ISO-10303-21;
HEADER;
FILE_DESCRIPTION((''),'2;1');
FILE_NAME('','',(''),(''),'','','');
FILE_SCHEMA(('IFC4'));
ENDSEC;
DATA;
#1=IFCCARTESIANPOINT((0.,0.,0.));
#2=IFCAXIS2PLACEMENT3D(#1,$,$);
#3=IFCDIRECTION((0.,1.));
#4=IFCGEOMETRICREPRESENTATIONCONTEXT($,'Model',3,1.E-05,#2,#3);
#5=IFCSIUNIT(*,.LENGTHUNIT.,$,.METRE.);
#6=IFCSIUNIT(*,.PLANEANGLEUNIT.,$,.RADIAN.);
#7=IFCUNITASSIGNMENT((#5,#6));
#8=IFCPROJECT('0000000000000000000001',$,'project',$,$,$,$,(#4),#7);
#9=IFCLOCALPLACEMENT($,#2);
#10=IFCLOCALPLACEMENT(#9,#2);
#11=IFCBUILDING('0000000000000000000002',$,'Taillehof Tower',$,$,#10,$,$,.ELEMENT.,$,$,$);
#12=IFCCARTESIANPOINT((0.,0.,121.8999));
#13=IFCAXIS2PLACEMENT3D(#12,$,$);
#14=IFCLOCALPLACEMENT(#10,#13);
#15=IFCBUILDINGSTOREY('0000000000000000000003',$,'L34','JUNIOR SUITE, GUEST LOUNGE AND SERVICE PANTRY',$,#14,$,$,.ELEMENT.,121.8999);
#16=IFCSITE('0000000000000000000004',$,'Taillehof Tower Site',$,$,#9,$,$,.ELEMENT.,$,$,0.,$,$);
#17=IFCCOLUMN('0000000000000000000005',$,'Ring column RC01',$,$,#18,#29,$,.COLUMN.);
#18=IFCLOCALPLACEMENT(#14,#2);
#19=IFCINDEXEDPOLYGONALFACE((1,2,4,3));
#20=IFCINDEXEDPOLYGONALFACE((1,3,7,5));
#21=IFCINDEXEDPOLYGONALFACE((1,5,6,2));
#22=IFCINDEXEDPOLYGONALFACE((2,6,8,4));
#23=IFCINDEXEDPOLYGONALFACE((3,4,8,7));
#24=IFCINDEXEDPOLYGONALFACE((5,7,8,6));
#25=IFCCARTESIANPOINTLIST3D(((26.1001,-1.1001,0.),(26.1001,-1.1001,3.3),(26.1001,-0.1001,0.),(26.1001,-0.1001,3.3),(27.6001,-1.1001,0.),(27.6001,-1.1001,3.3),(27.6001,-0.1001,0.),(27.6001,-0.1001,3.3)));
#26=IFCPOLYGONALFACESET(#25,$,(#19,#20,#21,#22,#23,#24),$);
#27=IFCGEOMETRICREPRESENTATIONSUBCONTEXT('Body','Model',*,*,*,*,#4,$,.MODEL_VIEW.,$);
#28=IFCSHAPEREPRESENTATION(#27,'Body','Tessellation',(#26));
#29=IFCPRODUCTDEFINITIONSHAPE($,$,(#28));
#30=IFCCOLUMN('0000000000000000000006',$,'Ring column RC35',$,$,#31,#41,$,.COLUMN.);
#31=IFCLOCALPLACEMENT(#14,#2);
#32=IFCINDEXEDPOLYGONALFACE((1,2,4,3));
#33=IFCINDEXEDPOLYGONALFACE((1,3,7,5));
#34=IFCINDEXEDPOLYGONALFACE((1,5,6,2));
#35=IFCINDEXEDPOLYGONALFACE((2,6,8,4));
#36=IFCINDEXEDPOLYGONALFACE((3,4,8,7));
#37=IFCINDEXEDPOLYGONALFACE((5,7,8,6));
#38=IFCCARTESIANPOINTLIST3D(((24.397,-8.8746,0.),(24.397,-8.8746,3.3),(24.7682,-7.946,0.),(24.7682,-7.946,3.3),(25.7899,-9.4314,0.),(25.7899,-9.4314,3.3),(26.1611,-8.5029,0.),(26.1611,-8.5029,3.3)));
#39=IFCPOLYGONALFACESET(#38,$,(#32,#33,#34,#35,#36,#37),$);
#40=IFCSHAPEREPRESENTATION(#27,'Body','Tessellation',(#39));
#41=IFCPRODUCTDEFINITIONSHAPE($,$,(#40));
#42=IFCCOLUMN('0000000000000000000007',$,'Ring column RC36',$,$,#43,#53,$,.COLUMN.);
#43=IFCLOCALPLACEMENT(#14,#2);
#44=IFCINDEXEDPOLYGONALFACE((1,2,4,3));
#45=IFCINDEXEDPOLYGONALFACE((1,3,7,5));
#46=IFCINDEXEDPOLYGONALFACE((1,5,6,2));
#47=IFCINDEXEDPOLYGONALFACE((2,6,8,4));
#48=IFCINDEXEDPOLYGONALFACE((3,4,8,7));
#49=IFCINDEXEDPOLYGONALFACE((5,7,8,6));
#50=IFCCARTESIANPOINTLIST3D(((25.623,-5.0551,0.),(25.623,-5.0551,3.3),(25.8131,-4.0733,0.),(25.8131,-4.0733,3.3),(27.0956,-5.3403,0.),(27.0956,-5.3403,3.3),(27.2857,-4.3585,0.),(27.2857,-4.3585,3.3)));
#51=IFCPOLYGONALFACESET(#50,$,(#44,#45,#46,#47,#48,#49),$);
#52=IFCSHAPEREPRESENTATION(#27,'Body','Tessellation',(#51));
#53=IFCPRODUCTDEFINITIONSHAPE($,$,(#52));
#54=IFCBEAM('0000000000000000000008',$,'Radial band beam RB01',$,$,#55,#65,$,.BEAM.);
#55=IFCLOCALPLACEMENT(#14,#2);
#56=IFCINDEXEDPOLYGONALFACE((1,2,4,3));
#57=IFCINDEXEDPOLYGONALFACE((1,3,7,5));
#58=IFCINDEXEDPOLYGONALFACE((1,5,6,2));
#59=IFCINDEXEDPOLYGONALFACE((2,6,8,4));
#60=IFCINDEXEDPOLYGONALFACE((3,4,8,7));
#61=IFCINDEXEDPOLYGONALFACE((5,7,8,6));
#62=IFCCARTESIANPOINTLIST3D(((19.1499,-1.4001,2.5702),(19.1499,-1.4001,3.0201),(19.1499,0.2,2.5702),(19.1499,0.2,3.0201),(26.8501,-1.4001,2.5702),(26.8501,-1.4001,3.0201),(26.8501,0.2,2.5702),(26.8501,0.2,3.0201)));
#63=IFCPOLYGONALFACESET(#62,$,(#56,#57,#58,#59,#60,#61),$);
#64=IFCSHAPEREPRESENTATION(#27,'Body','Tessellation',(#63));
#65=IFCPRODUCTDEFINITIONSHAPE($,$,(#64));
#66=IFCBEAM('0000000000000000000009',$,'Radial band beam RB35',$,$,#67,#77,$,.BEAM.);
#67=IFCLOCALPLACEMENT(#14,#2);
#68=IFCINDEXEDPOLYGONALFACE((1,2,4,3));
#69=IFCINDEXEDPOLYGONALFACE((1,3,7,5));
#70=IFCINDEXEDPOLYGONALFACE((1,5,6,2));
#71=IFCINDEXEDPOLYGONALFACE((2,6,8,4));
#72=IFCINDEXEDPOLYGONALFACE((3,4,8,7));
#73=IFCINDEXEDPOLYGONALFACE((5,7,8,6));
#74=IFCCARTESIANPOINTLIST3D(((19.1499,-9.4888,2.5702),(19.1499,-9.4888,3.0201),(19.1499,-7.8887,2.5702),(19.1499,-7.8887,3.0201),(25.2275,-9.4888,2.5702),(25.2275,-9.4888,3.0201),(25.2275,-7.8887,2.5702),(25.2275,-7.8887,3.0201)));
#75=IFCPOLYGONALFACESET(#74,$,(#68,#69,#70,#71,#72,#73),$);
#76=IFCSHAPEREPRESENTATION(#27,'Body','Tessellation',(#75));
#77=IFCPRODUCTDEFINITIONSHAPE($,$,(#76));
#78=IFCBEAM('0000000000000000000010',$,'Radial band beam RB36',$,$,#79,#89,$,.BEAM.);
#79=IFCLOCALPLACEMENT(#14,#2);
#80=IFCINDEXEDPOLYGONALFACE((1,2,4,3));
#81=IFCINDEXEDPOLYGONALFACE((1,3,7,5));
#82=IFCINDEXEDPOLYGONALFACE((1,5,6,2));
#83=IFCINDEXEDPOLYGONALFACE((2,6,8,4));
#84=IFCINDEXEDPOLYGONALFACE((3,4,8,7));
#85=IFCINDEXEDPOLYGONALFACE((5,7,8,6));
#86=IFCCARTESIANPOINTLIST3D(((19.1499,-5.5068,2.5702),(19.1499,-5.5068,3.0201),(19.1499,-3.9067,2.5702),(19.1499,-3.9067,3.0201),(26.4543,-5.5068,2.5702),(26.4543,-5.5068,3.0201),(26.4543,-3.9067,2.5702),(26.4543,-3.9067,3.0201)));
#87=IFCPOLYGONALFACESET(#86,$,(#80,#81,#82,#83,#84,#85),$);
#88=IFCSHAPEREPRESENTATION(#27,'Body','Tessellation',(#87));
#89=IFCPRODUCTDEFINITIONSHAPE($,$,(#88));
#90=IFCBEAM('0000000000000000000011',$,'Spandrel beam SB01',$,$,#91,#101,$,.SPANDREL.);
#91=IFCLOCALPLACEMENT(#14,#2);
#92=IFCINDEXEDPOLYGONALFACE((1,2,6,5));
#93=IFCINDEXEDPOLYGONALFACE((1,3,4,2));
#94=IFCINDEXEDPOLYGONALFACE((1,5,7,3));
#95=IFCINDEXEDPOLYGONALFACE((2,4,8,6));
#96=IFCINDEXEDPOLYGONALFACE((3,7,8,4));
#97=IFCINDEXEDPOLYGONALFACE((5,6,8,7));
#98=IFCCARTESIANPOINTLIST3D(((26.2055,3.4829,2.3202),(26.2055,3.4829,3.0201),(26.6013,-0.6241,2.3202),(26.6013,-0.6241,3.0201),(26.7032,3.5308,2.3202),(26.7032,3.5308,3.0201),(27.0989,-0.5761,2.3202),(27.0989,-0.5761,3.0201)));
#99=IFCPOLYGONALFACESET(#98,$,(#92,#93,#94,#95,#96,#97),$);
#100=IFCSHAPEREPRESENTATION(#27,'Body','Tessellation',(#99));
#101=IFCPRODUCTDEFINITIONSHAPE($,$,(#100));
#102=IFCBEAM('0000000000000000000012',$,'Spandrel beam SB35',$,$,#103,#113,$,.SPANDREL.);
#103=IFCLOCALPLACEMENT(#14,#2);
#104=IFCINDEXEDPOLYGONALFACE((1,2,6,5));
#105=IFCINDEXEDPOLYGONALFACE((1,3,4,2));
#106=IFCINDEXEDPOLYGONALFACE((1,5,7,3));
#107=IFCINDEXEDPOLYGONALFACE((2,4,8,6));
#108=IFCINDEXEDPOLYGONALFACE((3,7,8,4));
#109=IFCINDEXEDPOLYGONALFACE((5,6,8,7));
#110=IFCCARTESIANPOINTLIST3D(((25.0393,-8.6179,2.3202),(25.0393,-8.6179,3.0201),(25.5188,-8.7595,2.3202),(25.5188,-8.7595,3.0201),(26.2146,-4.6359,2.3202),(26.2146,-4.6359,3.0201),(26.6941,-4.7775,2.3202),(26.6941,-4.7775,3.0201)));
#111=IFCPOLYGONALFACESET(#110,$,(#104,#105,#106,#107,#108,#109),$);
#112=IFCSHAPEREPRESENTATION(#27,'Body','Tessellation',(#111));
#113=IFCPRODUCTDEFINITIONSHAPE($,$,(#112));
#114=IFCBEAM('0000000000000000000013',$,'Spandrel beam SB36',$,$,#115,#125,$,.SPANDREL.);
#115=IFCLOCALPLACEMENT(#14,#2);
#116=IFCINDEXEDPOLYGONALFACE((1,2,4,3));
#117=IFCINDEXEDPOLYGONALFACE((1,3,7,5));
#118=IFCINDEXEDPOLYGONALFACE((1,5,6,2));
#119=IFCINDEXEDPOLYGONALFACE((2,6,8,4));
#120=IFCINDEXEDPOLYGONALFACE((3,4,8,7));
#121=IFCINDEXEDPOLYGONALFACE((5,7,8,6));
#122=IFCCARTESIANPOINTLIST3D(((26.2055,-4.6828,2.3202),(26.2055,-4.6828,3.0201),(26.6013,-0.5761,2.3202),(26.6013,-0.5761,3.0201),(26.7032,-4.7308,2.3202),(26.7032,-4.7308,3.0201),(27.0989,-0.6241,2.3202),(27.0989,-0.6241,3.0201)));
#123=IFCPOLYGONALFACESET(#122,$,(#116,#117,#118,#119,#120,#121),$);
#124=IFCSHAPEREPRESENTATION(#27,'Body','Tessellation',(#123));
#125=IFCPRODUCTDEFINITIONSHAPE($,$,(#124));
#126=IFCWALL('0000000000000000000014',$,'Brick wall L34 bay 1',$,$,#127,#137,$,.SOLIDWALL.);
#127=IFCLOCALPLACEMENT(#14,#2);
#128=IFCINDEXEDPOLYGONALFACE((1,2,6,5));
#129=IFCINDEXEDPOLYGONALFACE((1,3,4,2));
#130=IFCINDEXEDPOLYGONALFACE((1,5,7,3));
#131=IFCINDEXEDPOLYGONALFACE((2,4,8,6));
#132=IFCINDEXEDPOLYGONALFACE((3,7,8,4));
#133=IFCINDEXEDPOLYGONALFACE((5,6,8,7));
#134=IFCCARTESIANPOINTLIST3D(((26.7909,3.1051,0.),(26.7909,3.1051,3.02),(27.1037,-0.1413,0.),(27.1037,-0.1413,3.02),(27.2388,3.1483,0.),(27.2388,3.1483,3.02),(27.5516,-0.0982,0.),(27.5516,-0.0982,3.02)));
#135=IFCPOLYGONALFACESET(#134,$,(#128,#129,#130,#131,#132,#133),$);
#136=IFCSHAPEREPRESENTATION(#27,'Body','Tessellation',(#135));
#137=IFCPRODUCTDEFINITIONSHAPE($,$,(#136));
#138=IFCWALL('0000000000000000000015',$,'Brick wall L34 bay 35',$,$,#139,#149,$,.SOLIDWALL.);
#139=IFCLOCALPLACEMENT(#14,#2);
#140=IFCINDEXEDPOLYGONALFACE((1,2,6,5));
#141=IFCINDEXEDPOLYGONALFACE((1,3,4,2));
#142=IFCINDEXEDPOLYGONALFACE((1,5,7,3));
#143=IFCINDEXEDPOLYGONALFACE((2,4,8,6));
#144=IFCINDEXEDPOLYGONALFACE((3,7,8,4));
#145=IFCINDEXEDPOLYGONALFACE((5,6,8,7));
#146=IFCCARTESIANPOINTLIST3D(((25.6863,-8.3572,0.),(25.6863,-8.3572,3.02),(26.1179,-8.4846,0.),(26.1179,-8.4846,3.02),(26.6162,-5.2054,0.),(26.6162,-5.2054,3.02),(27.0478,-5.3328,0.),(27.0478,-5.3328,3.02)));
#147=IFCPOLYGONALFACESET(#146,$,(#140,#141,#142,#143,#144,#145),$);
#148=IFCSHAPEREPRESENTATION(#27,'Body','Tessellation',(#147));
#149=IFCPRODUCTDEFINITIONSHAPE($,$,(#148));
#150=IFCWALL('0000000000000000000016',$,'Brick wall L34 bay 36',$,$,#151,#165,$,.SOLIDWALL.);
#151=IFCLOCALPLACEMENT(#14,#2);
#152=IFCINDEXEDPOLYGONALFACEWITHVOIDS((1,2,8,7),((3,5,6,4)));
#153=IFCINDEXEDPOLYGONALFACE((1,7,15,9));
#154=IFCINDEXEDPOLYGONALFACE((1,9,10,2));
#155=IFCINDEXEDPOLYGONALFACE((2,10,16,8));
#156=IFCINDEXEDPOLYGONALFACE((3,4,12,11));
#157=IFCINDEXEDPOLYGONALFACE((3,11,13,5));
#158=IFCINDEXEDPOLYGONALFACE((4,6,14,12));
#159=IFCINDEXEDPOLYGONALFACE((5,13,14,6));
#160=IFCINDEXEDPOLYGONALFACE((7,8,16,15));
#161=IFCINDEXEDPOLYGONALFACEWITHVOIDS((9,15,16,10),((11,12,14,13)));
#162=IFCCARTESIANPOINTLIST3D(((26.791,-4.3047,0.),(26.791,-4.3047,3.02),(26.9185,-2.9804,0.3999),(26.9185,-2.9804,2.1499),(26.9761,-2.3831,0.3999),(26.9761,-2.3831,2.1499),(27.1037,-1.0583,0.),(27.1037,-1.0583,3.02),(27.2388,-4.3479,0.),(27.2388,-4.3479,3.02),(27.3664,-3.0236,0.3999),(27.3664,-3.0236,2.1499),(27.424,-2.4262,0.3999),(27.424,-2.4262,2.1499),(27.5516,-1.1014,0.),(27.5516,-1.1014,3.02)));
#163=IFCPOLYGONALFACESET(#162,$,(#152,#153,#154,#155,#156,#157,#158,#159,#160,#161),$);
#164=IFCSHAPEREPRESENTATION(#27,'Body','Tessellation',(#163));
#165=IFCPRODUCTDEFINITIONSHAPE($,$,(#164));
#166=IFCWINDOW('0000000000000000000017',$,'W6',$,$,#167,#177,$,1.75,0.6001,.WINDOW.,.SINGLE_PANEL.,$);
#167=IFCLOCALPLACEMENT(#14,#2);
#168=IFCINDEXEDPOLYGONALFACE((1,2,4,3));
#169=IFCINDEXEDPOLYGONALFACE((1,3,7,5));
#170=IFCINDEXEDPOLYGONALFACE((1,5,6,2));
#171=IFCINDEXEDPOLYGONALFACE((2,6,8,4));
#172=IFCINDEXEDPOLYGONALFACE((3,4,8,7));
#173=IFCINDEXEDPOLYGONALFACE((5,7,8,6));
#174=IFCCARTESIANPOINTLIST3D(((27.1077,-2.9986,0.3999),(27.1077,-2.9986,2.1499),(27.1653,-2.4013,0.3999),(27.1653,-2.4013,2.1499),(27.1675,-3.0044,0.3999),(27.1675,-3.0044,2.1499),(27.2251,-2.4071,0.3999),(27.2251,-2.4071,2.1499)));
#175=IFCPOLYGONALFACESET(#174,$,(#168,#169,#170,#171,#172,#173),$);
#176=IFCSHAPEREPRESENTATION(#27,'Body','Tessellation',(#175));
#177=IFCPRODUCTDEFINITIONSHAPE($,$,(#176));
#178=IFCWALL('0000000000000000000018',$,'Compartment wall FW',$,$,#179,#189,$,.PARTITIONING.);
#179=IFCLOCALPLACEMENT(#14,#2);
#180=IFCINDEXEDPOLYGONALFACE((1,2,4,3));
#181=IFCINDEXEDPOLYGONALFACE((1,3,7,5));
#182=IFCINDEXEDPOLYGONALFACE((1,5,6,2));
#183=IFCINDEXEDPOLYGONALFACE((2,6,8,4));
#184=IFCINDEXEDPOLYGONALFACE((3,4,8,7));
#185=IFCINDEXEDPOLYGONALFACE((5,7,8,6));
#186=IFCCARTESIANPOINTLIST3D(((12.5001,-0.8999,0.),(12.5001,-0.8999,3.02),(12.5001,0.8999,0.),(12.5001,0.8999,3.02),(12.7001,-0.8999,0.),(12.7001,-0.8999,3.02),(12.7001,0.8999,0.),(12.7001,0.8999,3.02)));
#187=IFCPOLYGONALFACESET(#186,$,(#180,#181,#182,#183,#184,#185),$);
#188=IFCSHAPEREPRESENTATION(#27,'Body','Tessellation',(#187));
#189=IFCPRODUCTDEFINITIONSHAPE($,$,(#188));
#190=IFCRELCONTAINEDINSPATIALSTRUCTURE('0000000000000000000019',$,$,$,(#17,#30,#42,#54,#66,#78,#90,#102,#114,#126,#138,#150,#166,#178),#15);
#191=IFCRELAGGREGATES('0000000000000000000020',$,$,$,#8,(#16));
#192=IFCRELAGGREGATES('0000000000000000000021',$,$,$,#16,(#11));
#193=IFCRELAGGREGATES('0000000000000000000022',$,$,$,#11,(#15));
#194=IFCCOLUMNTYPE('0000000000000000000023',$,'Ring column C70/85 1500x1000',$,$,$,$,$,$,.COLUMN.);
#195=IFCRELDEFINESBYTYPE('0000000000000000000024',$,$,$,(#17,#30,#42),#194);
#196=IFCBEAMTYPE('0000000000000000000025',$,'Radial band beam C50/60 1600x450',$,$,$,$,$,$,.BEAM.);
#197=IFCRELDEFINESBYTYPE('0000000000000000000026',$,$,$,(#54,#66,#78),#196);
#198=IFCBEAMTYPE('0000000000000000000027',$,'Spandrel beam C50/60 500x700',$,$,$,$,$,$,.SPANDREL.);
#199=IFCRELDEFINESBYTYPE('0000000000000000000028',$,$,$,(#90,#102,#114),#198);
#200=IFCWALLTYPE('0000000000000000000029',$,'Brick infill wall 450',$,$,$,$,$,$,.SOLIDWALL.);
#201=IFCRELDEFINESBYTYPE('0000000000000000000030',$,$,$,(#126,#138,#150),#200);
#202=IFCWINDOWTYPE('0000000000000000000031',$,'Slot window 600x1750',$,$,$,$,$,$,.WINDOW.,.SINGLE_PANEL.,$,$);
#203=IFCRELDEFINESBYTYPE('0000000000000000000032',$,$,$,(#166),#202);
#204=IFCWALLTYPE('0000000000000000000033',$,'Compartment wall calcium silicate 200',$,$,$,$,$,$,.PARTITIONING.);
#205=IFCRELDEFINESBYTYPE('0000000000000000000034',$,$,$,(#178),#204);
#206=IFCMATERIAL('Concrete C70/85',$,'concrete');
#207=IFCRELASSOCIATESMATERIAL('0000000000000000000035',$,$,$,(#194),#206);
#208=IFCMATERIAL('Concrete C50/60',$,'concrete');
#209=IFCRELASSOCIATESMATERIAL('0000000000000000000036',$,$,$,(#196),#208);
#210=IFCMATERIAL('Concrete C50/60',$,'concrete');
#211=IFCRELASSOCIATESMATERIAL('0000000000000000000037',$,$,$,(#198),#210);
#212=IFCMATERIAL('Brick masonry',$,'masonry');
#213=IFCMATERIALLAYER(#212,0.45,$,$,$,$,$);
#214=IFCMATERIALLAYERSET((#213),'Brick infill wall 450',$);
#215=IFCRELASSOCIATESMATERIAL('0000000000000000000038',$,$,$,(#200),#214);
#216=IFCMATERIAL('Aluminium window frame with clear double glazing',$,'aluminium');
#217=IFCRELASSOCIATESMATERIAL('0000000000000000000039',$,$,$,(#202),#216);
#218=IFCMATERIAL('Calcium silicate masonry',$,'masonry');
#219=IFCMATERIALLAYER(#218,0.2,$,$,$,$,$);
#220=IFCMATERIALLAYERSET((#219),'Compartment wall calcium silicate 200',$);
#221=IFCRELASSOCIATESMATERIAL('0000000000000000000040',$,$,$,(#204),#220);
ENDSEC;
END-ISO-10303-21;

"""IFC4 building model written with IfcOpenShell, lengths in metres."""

from ifc_helpers import new_model, si_unit, direction, frame, frame_2d, origin, origin_2d, place, context, subcontext, project, spatial, rectangle, extrude, material, layer, layer_set, material_profile, profile_set, type_object, element, fill, save


model = new_model("IFC4")

# Units and contexts
model_context = context("Model", 3, precision=1e-05, world=origin(), true_north=direction((0.0, 1.0)))
body_context = subcontext(model_context, "Body", "Model", "MODEL_VIEW")
ifc_project = project(units=[si_unit("LENGTHUNIT", "METRE"), si_unit("PLANEANGLEUNIT", "RADIAN")], contexts=[model_context])

# Site, building, storey
site_placement = place(None, origin())
site = spatial("IfcSite", under=ifc_project, at=site_placement, Name="Taillehof Tower Site", CompositionType="ELEMENT", RefElevation=0.0)
building_placement = place(site_placement, origin())
building = spatial("IfcBuilding", under=site, at=building_placement, Name="Taillehof Tower", CompositionType="ELEMENT")
storey_placement = place(building_placement, frame((0.0, 0.0, 121.8999)))
storey = spatial("IfcBuildingStorey", under=building, at=storey_placement, Name="L34", Description="JUNIOR SUITE, GUEST LOUNGE AND SERVICE PANTRY", CompositionType="ELEMENT", Elevation=121.8999)

# Columns
ifc_material_1 = material(Name="Concrete C70/85", Category="concrete")
ifc_material_profile_1 = material_profile(ifc_material_1, rectangle(XDim=1.5, YDim=1.0, at=origin_2d()), Name="RC 1500x1000")
ifc_profile_set_1 = profile_set([ifc_material_profile_1], Name="Concrete C70/85")
column_type = type_object("IfcColumnType", Name="Ring column C70/85 1500x1000", PredefinedType="COLUMN", material=ifc_profile_set_1)
for number, where, z_axis, x_axis, name in (
    (1, (26.8501, -0.6001, 0.0), (0.0, 0.0, 1.0), (1.0, 0.0, 0.0), "Ring column RC01"),
    (2, (25.2791, -8.6887, 0.0), (0.0, 0.0, 1.0), (0.92855, -0.371207, 0.0), "Ring column RC35"),
    (3, (26.4543, -4.7068, 0.0), (0.0, 0.0, 1.0), (0.981757, -0.190138, 0.0), "Ring column RC36"),
):
    element("IfcColumn", number, at=place(storey_placement, frame(where, z_axis=z_axis, x_axis=x_axis)), inside=storey, type_object=column_type, Name=name, PredefinedType="COLUMN", context=body_context, shape_type="SweptSolid", body=[
        extrude(rectangle(XDim=1.5, YDim=1.0, at=origin_2d()), origin(), (0.0, 0.0, 1.0), 3.3),
    ])

# Beams
ifc_material_2 = material(Name="Concrete C50/60", Category="concrete")
ifc_material_profile_2 = material_profile(ifc_material_2, rectangle(XDim=1.6001, YDim=0.45, at=origin_2d()), Name="RC 1600x450")
ifc_profile_set_2 = profile_set([ifc_material_profile_2], Name="Concrete C50/60")
beam_type_1 = type_object("IfcBeamType", Name="Radial band beam C50/60 1600x450", PredefinedType="BEAM", material=ifc_profile_set_2)
beam_1_placement = place(storey_placement, frame((26.8501, -0.6001, 2.7952), z_axis=(-1.0, 0.0, 0.0), x_axis=(0.0, -1.0, 0.0)))
element("IfcBeam", 4, at=beam_1_placement, inside=storey, type_object=beam_type_1, Name="Radial band beam RB01", PredefinedType="BEAM", context=body_context, shape_type="SweptSolid", body=[
    extrude(rectangle(XDim=1.6001, YDim=0.45, at=origin_2d()), origin(), (0.0, 0.0, 1.0), 7.7002),
])
beam_2_placement = place(storey_placement, frame((25.2275, -8.6887, 2.7952), z_axis=(-1.0, 0.0, 0.0), x_axis=(0.0, -1.0, 0.0)))
element("IfcBeam", 5, at=beam_2_placement, inside=storey, type_object=beam_type_1, Name="Radial band beam RB35", PredefinedType="BEAM", context=body_context, shape_type="SweptSolid", body=[
    extrude(rectangle(XDim=1.6001, YDim=0.45, at=origin_2d()), origin(), (0.0, 0.0, 1.0), 6.0776),
])
beam_3_placement = place(storey_placement, frame((26.4543, -4.7068, 2.7952), z_axis=(-1.0, 0.0, 0.0), x_axis=(0.0, -1.0, 0.0)))
element("IfcBeam", 6, at=beam_3_placement, inside=storey, type_object=beam_type_1, Name="Radial band beam RB36", PredefinedType="BEAM", context=body_context, shape_type="SweptSolid", body=[
    extrude(rectangle(XDim=1.6001, YDim=0.45, at=origin_2d()), origin(), (0.0, 0.0, 1.0), 7.3044),
])
ifc_material_3 = material(Name="Concrete C50/60", Category="concrete")
ifc_material_profile_3 = material_profile(ifc_material_3, rectangle(XDim=0.5, YDim=0.7, at=origin_2d()), Name="RC 500x700")
ifc_profile_set_3 = profile_set([ifc_material_profile_3], Name="Concrete C50/60")
beam_type_2 = type_object("IfcBeamType", Name="Spandrel beam C50/60 500x700", PredefinedType="SPANDREL", material=ifc_profile_set_3)
beam_4_placement = place(storey_placement, frame((26.8501, -0.6001, 2.6702), z_axis=(-0.095918, 0.995389, 0.0), x_axis=(-0.995389, -0.095918, 0.0)))
element("IfcBeam", 7, at=beam_4_placement, inside=storey, type_object=beam_type_2, Name="Spandrel beam SB01", PredefinedType="SPANDREL", context=body_context, shape_type="SweptSolid", body=[
    extrude(rectangle(XDim=0.5, YDim=0.7, at=origin_2d()), origin(), (0.0, 0.0, 1.0), 4.126),
])
beam_5_placement = place(storey_placement, frame((25.2791, -8.6887, 2.6702), z_axis=(0.283083, 0.959095, 0.0), x_axis=(-0.959095, 0.283083, 0.0)))
element("IfcBeam", 8, at=beam_5_placement, inside=storey, type_object=beam_type_2, Name="Spandrel beam SB35", PredefinedType="SPANDREL", context=body_context, shape_type="SweptSolid", body=[
    extrude(rectangle(XDim=0.5, YDim=0.7, at=origin_2d()), origin(), (0.0, 0.0, 1.0), 4.1519),
])
beam_6_placement = place(storey_placement, frame((26.4543, -4.7068, 2.6702), z_axis=(0.095923, 0.995389, 0.0), x_axis=(-0.995389, 0.095923, 0.0)))
element("IfcBeam", 9, at=beam_6_placement, inside=storey, type_object=beam_type_2, Name="Spandrel beam SB36", PredefinedType="SPANDREL", context=body_context, shape_type="SweptSolid", body=[
    extrude(rectangle(XDim=0.5, YDim=0.7, at=origin_2d()), origin(), (0.0, 0.0, 1.0), 4.1257),
])

# Walls
ifc_material_4 = material(Name="Brick masonry", Category="masonry")
ifc_layer_1 = layer(ifc_material_4, 0.45)
ifc_layer_set_1 = layer_set([ifc_layer_1], Name="Brick infill wall 450")
wall_type_1 = type_object("IfcWallType", Name="Brick infill wall 450", PredefinedType="SOLIDWALL", material=ifc_layer_set_1)
wall_1_placement = place(storey_placement, frame((27.3276, -0.1199, 0.0), z_axis=(0.0, 0.0, 1.0), x_axis=(-0.095894, 0.995392, 0.0)))
element("IfcWall", 10, at=wall_1_placement, inside=storey, type_object=wall_type_1, Name="Brick wall L34 bay 1", PredefinedType="SOLIDWALL", context=body_context, shape_type="SweptSolid", body=[
    extrude(rectangle(XDim=3.2615, YDim=0.45, at=frame_2d((1.6309, 0.0))), origin(), (0.0, 0.0, 1.0), 3.02),
])
wall_2_placement = place(storey_placement, frame((25.9021, -8.4209, 0.0), z_axis=(0.0, 0.0, 1.0), x_axis=(0.282983, 0.959125, 0.0)))
element("IfcWall", 11, at=wall_2_placement, inside=storey, type_object=wall_type_1, Name="Brick wall L34 bay 35", PredefinedType="SOLIDWALL", context=body_context, shape_type="SweptSolid", body=[
    extrude(rectangle(XDim=3.2861, YDim=0.45, at=frame_2d((1.6431, 0.0))), origin(), (0.0, 0.0, 1.0), 3.02),
])

# Wall, opening, window
wall_3_placement = place(storey_placement, frame((27.0149, -4.3264, 0.0), z_axis=(0.0, 0.0, 1.0), x_axis=(0.095894, 0.995392, 0.0)))
wall_3 = element("IfcWall", 12, at=wall_3_placement, inside=storey, type_object=wall_type_1, Name="Brick wall L34 bay 36", PredefinedType="SOLIDWALL", context=body_context, shape_type="SweptSolid", body=[
    extrude(rectangle(XDim=3.2615, YDim=0.45, at=frame_2d((1.6309, 0.0))), origin(), (0.0, 0.0, 1.0), 3.02),
])
opening_1_placement = place(wall_3_placement, frame((1.3306, 0.0, 0.3999)))
opening_1 = element("IfcOpeningElement", 13, at=opening_1_placement, cuts=wall_3, PredefinedType="OPENING", context=body_context, shape_type="SweptSolid", body=[
    extrude(rectangle(XDim=0.6001, YDim=1.75, at=frame_2d((0.3, 0.875))), frame((0.0, 0.2349, 0.0), z_axis=(0.0, -1.0, 0.0), x_axis=(1.0, 0.0, 0.0)), (0.0, 0.0, 1.0), 0.47),
])
ifc_material_5 = material(Name="Aluminium window frame with clear double glazing", Category="aluminium")
window_type = type_object("IfcWindowType", Name="Slot window 600x1750", PartitioningType="SINGLE_PANEL", PredefinedType="WINDOW", material=ifc_material_5)
window_placement = place(opening_1_placement, origin())
window = element("IfcWindow", 14, at=window_placement, inside=storey, type_object=window_type, Name="W6", OverallHeight=1.75, OverallWidth=0.6001, PartitioningType="SINGLE_PANEL", PredefinedType="WINDOW", context=body_context, shape_type="SweptSolid", body=[
    extrude(rectangle(XDim=0.6001, YDim=1.75, at=frame_2d((0.3, 0.875))), frame((0.0, 0.0349, 0.0), z_axis=(0.0, -1.0, 0.0), x_axis=(1.0, 0.0, 0.0)), (0.0, 0.0, 1.0), 0.0601),
])
fill(opening_1, window)

# Wall
ifc_material_6 = material(Name="Calcium silicate masonry", Category="masonry")
ifc_layer_2 = layer(ifc_material_6, 0.2)
ifc_layer_set_2 = layer_set([ifc_layer_2], Name="Compartment wall calcium silicate 200")
wall_type_2 = type_object("IfcWallType", Name="Compartment wall calcium silicate 200", PredefinedType="PARTITIONING", material=ifc_layer_set_2)
wall_4_placement = place(storey_placement, frame((12.6001, -0.8999, 0.0), z_axis=(0.0, 0.0, 1.0), x_axis=(0.0, 1.0, 0.0)))
element("IfcWall", 15, at=wall_4_placement, inside=storey, type_object=wall_type_2, Name="Compartment wall FW", PredefinedType="PARTITIONING", context=body_context, shape_type="SweptSolid", body=[
    extrude(rectangle(XDim=1.7998, YDim=0.2, at=frame_2d((0.8999, 0.0))), origin(), (0.0, 0.0, 1.0), 3.02),
])

save(model, "model.ifc")
